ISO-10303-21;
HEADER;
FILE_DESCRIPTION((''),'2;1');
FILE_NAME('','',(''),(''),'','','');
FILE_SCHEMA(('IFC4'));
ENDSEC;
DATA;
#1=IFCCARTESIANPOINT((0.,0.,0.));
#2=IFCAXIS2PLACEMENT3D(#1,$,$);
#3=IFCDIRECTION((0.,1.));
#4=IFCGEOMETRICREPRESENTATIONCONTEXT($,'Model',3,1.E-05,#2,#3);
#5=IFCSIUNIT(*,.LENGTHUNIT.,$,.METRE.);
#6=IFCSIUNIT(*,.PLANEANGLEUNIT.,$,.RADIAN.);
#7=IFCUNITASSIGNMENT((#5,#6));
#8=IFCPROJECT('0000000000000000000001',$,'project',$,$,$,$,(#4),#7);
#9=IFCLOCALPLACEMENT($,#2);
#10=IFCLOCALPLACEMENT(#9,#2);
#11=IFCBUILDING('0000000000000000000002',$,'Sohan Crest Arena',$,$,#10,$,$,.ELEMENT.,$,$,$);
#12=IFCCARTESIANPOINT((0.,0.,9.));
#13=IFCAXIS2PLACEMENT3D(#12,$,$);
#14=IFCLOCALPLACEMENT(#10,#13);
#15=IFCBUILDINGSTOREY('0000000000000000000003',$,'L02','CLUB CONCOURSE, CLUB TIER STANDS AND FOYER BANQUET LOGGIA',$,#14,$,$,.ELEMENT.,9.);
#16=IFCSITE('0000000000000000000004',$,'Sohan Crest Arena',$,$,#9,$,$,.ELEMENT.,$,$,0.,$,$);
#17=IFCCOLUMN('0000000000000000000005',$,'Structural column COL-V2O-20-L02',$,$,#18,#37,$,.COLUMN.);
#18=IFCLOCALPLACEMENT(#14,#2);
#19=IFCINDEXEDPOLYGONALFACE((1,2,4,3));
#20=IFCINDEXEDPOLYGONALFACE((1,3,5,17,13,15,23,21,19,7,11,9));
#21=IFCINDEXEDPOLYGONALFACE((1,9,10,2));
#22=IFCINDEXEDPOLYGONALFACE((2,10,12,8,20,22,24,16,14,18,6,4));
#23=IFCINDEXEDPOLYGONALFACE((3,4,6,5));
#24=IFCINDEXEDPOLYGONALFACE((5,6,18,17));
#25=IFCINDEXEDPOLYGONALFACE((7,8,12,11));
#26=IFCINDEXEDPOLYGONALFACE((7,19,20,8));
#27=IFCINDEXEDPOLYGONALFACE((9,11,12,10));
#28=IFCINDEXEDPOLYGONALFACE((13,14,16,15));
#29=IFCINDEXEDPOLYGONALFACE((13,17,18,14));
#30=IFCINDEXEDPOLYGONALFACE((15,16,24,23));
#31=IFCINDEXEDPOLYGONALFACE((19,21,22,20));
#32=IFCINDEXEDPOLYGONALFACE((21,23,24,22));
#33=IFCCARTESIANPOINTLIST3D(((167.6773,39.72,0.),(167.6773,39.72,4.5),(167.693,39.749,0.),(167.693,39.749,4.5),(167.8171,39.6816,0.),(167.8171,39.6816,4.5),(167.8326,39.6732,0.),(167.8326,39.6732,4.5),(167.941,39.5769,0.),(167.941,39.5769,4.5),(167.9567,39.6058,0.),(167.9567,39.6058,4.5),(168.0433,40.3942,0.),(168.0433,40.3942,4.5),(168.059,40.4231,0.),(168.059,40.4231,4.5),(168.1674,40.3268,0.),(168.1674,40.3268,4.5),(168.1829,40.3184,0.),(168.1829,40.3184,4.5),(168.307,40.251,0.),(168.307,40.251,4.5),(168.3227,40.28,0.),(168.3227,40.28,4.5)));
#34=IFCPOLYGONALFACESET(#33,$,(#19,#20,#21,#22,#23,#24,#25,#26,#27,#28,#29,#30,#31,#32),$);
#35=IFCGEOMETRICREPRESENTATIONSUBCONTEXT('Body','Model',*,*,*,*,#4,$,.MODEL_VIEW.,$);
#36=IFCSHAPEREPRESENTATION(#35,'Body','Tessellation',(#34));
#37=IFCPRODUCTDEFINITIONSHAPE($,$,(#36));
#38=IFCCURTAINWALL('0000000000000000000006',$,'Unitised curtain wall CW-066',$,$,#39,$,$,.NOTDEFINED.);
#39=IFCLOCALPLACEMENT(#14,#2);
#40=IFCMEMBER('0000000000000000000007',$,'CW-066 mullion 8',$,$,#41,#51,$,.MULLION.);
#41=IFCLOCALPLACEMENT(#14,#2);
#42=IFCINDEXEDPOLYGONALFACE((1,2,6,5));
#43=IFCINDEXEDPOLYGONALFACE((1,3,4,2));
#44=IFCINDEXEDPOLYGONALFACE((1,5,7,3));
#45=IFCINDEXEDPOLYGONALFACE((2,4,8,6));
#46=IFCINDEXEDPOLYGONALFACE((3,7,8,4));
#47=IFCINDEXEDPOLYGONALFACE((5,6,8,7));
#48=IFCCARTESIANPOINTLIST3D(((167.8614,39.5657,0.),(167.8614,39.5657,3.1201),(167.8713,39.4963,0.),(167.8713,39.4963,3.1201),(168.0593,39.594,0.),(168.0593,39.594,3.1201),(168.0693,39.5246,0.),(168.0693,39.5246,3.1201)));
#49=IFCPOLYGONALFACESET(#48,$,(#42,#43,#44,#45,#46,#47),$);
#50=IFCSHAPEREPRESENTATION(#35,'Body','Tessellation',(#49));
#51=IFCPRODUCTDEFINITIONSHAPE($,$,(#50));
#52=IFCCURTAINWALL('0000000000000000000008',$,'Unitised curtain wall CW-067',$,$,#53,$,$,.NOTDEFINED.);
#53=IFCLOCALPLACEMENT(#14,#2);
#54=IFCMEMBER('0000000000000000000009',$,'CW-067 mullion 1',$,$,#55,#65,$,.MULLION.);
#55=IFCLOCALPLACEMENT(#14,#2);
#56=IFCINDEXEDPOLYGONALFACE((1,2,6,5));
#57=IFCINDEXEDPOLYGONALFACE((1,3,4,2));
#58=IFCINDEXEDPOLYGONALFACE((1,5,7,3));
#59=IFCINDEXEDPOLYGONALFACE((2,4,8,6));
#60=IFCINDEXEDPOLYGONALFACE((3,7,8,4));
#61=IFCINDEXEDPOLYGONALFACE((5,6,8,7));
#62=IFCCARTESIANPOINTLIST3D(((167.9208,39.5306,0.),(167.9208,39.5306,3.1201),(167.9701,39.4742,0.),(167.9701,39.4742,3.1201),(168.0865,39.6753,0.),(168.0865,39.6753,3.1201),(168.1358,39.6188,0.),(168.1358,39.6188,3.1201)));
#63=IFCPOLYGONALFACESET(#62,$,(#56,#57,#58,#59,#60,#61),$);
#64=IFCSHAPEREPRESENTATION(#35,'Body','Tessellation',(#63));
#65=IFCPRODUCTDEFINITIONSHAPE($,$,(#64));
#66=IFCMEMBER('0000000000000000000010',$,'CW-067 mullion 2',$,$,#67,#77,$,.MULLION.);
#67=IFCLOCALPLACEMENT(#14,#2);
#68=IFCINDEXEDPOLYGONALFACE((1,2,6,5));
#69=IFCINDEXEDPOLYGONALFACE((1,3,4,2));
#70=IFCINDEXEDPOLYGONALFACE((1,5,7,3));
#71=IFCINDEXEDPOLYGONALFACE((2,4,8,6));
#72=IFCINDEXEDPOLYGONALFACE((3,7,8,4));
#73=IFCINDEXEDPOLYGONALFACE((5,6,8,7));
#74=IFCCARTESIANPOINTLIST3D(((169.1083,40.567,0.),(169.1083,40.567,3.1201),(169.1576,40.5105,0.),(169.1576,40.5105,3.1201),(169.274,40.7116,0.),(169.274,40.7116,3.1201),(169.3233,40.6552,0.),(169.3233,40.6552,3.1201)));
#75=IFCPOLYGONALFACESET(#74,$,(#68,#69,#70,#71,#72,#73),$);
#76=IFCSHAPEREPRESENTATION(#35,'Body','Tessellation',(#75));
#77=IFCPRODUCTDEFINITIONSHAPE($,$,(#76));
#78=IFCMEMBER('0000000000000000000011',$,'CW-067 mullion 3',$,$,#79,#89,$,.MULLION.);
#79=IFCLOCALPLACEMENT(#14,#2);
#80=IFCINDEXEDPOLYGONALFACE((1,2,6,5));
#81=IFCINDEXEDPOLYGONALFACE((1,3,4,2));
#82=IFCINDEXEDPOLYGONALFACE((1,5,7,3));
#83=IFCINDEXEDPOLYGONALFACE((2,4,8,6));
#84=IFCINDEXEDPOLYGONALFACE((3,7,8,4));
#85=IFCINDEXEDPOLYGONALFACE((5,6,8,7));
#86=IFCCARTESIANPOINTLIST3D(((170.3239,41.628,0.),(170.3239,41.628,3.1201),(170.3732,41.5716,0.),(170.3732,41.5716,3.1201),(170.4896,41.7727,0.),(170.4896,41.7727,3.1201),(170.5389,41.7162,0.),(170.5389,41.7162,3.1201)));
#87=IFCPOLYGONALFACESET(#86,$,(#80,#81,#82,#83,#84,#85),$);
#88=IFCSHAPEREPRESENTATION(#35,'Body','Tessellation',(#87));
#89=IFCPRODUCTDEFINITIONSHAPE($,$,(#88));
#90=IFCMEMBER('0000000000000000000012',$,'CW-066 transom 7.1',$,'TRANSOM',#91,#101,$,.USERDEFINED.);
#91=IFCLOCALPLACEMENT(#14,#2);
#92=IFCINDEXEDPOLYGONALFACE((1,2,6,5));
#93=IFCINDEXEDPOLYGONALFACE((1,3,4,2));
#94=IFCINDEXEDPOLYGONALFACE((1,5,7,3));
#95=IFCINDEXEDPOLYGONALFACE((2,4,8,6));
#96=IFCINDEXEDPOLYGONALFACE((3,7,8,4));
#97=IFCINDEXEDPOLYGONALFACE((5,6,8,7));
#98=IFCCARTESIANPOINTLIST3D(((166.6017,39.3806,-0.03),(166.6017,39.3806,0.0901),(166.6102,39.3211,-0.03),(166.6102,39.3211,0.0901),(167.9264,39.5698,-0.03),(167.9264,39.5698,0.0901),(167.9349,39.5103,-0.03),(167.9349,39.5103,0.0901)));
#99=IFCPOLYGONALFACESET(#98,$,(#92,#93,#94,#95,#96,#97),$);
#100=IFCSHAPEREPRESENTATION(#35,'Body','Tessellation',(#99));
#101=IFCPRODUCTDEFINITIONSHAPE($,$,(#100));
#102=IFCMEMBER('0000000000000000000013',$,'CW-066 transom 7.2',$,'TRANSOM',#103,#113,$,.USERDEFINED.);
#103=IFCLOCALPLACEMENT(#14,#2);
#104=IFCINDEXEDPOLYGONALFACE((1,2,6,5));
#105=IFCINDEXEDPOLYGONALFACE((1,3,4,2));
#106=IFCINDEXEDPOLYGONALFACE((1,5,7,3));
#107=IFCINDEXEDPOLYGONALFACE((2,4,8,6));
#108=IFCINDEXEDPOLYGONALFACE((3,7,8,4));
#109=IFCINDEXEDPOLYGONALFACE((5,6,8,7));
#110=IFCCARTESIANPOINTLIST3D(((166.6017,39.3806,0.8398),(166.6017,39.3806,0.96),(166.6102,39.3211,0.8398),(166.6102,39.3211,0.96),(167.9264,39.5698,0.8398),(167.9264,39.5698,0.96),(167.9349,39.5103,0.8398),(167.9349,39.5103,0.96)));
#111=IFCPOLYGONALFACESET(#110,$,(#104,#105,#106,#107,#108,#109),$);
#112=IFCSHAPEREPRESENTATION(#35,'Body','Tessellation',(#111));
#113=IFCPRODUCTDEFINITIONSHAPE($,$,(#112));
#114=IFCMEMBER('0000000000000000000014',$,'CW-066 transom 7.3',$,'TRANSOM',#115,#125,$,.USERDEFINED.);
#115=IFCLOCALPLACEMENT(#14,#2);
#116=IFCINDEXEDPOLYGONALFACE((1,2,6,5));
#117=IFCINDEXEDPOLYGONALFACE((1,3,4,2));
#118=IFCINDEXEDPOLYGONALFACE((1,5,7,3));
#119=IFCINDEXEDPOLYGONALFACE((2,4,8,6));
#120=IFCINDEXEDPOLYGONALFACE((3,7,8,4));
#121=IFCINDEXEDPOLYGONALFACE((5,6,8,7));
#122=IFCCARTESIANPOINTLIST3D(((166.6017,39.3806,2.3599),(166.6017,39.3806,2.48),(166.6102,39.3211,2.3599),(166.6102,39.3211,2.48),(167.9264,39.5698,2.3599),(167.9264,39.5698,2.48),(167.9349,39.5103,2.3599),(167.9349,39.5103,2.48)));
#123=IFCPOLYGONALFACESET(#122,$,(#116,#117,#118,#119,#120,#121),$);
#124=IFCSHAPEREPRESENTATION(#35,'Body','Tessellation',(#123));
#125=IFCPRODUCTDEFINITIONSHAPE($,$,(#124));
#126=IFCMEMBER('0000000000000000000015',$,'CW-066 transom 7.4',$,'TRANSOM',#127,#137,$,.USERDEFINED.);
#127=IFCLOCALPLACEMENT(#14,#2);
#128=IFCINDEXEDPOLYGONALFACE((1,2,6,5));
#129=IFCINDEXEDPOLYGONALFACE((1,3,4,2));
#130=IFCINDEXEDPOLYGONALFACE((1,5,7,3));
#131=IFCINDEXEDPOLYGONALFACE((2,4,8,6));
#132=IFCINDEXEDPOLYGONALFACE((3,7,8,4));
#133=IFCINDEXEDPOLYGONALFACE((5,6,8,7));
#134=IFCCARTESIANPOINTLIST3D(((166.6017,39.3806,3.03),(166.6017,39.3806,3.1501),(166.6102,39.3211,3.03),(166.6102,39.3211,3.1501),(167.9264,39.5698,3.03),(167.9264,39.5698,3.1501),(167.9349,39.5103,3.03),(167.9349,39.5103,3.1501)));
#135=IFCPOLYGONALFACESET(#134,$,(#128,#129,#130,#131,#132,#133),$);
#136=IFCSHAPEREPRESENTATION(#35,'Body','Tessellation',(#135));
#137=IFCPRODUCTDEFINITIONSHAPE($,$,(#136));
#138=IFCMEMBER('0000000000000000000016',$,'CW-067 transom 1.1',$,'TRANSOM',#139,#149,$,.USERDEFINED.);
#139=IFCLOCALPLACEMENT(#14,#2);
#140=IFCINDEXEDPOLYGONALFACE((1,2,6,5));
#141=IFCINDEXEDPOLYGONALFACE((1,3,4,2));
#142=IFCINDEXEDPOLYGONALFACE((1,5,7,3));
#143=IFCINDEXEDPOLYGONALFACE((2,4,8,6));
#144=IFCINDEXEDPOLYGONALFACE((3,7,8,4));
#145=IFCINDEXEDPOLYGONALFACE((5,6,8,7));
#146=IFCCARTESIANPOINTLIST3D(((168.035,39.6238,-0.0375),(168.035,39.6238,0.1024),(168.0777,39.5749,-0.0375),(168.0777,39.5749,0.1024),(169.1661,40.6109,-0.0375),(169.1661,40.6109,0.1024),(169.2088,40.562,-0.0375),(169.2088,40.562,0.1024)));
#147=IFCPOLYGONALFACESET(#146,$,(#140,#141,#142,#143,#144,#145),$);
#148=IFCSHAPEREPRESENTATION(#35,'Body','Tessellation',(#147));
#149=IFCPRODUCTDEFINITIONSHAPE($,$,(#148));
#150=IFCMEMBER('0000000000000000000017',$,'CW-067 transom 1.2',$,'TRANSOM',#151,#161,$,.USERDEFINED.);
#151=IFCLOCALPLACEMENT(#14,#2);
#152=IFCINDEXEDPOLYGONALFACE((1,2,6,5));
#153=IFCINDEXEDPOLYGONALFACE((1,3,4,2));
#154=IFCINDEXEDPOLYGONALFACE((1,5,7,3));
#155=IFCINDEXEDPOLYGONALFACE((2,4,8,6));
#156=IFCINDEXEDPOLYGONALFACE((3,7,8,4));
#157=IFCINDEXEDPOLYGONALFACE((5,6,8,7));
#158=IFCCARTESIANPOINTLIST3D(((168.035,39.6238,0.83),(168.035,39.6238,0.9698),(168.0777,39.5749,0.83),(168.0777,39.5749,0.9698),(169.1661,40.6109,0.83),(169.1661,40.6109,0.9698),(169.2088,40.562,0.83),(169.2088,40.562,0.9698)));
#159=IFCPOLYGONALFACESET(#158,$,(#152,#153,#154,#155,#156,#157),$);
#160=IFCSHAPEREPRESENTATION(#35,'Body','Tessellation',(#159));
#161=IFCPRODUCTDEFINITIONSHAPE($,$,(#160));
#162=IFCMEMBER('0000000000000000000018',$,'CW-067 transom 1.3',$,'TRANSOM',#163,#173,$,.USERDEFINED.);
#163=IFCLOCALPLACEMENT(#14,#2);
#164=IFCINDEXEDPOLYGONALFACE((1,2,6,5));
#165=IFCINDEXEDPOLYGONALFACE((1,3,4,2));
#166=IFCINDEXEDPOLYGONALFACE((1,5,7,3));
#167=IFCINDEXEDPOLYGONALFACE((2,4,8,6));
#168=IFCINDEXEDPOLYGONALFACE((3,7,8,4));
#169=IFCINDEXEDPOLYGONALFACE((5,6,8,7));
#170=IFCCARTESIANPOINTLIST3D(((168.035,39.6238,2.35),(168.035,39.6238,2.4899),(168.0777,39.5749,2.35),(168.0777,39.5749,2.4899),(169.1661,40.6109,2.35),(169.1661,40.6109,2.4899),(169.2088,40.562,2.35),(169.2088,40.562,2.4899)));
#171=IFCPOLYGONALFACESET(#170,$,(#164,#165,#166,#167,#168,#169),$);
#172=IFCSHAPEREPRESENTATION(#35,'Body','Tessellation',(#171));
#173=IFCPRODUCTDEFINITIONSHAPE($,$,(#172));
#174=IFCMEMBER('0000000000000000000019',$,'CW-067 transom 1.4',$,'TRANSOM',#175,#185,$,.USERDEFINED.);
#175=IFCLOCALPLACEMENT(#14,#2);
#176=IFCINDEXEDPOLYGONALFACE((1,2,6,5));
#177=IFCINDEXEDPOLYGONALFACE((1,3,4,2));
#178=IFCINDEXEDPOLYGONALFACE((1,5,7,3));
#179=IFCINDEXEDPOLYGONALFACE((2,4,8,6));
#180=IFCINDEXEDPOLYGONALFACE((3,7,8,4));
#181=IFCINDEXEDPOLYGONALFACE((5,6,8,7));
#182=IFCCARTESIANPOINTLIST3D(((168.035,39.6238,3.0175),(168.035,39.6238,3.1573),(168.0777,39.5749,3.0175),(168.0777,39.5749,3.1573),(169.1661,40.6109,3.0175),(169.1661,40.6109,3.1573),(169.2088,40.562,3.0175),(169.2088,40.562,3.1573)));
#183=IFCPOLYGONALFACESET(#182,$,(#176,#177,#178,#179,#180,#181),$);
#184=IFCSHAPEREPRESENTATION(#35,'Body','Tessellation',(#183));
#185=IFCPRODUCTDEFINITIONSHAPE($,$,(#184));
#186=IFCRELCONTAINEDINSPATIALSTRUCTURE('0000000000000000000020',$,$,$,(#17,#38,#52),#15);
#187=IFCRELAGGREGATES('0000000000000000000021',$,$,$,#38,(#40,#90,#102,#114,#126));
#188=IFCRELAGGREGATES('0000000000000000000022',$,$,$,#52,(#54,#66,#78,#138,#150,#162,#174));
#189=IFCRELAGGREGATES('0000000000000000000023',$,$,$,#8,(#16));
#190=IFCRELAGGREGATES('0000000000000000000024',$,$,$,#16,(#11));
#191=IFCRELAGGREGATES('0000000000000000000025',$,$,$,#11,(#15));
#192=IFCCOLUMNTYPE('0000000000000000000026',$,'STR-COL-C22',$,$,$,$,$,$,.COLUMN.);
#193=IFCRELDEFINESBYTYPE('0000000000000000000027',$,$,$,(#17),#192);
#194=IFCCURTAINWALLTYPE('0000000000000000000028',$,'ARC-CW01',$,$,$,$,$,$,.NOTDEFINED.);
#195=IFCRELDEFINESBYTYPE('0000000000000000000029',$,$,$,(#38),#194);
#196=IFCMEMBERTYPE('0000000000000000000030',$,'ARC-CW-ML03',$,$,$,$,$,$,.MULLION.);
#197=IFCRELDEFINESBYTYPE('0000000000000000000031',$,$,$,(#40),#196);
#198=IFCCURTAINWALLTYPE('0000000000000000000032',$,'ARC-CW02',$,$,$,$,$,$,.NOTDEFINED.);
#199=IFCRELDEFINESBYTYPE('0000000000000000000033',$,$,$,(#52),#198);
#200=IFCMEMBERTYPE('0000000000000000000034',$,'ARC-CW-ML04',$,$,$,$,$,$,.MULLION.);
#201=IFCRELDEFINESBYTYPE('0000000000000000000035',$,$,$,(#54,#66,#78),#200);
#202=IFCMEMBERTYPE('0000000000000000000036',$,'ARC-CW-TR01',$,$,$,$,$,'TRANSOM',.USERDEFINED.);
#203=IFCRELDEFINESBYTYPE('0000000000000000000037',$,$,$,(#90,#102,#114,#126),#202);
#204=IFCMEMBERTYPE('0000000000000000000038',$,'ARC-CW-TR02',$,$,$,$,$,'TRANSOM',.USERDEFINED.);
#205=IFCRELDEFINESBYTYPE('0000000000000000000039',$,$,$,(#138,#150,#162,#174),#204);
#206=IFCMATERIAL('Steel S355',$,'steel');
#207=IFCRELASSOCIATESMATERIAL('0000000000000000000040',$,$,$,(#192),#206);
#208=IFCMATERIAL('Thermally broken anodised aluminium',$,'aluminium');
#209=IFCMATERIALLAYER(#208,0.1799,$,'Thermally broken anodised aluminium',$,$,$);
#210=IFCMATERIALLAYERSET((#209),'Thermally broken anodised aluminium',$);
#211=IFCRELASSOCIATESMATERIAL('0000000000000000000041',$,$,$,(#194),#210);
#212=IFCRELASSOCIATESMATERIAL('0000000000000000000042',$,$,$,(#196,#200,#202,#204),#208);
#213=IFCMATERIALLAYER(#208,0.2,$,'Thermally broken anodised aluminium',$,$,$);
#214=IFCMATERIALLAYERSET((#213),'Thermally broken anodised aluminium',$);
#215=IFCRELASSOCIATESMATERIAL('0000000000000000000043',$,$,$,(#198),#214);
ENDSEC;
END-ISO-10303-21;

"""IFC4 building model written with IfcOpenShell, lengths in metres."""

from ifc_helpers import new_model, si_unit, direction, frame, origin, origin_2d, place, context, subcontext, project, spatial, rectangle, i_section, extrude, material, layer, layer_set, material_profile, profile_set, type_object, element, aggregate, save


model = new_model("IFC4")

# Units and contexts
model_context = context("Model", 3, precision=1e-05, world=origin(), true_north=direction((0.0, 1.0)))
body_context = subcontext(model_context, "Body", "Model", "MODEL_VIEW")
ifc_project = project(units=[si_unit("LENGTHUNIT", "METRE"), si_unit("PLANEANGLEUNIT", "RADIAN")], contexts=[model_context])

# Site, building, storey
site_placement = place(None, origin())
site = spatial("IfcSite", under=ifc_project, at=site_placement, Name="Sohan Crest Arena", CompositionType="ELEMENT", RefElevation=0.0)
building_placement = place(site_placement, origin())
building = spatial("IfcBuilding", under=site, at=building_placement, Name="Sohan Crest Arena", CompositionType="ELEMENT")
storey_placement = place(building_placement, frame((0.0, 0.0, 9.0)))
storey = spatial("IfcBuildingStorey", under=building, at=storey_placement, Name="L02", Description="CLUB CONCOURSE, CLUB TIER STANDS AND FOYER BANQUET LOGGIA", CompositionType="ELEMENT", Elevation=9.0)

# Column
ifc_material_1 = material(Name="Steel S355", Category="steel")
ifc_material_profile_1 = material_profile(ifc_material_1, i_section(OverallWidth=0.3, OverallDepth=0.8, WebThickness=0.0176, FlangeThickness=0.033, at=origin_2d()), Name="HEB 800")
ifc_profile_set_1 = profile_set([ifc_material_profile_1], Name="Steel S355")
column_type = type_object("IfcColumnType", Name="STR-COL-C22", PredefinedType="COLUMN", material=ifc_profile_set_1)
column_placement = place(storey_placement, frame((168.0, 40.0, 0.0), z_axis=(0.0, 0.0, 1.0), x_axis=(-0.878817, 0.477159, 0.0)))
element("IfcColumn", 1, at=column_placement, inside=storey, type_object=column_type, Name="Structural column COL-V2O-20-L02", PredefinedType="COLUMN", context=body_context, shape_type="SweptSolid", body=[
    extrude(i_section(OverallWidth=0.3, OverallDepth=0.8, WebThickness=0.0176, FlangeThickness=0.033, at=origin_2d()), origin(), (0.0, 0.0, 1.0), 4.5),
])

# Curtain wall, member
ifc_material_2 = material(Name="Thermally broken anodised aluminium", Category="aluminium")
ifc_layer_1 = layer(ifc_material_2, 0.1799, Name="Thermally broken anodised aluminium")
ifc_layer_set_1 = layer_set([ifc_layer_1], Name="Thermally broken anodised aluminium")
curtain_wall_type_1 = type_object("IfcCurtainWallType", Name="ARC-CW01", PredefinedType="NOTDEFINED", material=ifc_layer_set_1)
curtain_wall_1_placement = place(storey_placement, origin())
curtain_wall_1 = element("IfcCurtainWall", 2, at=curtain_wall_1_placement, inside=storey, type_object=curtain_wall_type_1, Name="Unitised curtain wall CW-066", PredefinedType="NOTDEFINED")
ifc_material_profile_2 = material_profile(ifc_material_2, rectangle(XDim=0.0701, YDim=0.2, at=origin_2d()), Name="ALU-MULL 70x200")
ifc_profile_set_2 = profile_set([ifc_material_profile_2], Name="Thermally broken anodised aluminium")
member_type_1 = type_object("IfcMemberType", Name="ARC-CW-ML03", PredefinedType="MULLION", material=ifc_profile_set_2)
member_1_placement = place(storey_placement, frame((167.9653, 39.5452, 0.0), z_axis=(0.0, 0.0, 1.0), x_axis=(-0.141463, 0.989944, 0.0)))
member_1 = element("IfcMember", 3, at=member_1_placement, type_object=member_type_1, Name="CW-066 mullion 8", PredefinedType="MULLION", context=body_context, shape_type="SweptSolid", body=[
    extrude(rectangle(XDim=0.0701, YDim=0.2, at=origin_2d()), origin(), (0.0, 0.0, 1.0), 3.1201),
])

# Curtain wall, members
ifc_layer_2 = layer(ifc_material_2, 0.2, Name="Thermally broken anodised aluminium")
ifc_layer_set_2 = layer_set([ifc_layer_2], Name="Thermally broken anodised aluminium")
curtain_wall_type_2 = type_object("IfcCurtainWallType", Name="ARC-CW02", PredefinedType="NOTDEFINED", material=ifc_layer_set_2)
curtain_wall_2_placement = place(storey_placement, origin())
curtain_wall_2 = element("IfcCurtainWall", 4, at=curtain_wall_2_placement, inside=storey, type_object=curtain_wall_type_2, Name="Unitised curtain wall CW-067", PredefinedType="NOTDEFINED")
ifc_material_profile_3 = material_profile(ifc_material_2, rectangle(XDim=0.075, YDim=0.22, at=origin_2d()), Name="ALU-MULL 75x220")
ifc_profile_set_3 = profile_set([ifc_material_profile_3], Name="Thermally broken anodised aluminium")
member_type_2 = type_object("IfcMemberType", Name="ARC-CW-ML04", PredefinedType="MULLION", material=ifc_profile_set_3)
member_2_placement = place(storey_placement, frame((168.0283, 39.5747, 0.0), z_axis=(0.0, 0.0, 1.0), x_axis=(-0.657539, 0.753421, 0.0)))
member_2 = element("IfcMember", 5, at=member_2_placement, type_object=member_type_2, Name="CW-067 mullion 1", PredefinedType="MULLION", context=body_context, shape_type="SweptSolid", body=[
    extrude(rectangle(XDim=0.075, YDim=0.22, at=origin_2d()), origin(), (0.0, 0.0, 1.0), 3.1201),
])
member_3_placement = place(storey_placement, frame((169.2158, 40.6111, 0.0), z_axis=(0.0, 0.0, 1.0), x_axis=(-0.657539, 0.753421, 0.0)))
member_3 = element("IfcMember", 6, at=member_3_placement, type_object=member_type_2, Name="CW-067 mullion 2", PredefinedType="MULLION", context=body_context, shape_type="SweptSolid", body=[
    extrude(rectangle(XDim=0.075, YDim=0.22, at=origin_2d()), origin(), (0.0, 0.0, 1.0), 3.1201),
])
member_4_placement = place(storey_placement, frame((170.4314, 41.6721, 0.0), z_axis=(0.0, 0.0, 1.0), x_axis=(-0.657539, 0.753421, 0.0)))
member_4 = element("IfcMember", 7, at=member_4_placement, type_object=member_type_2, Name="CW-067 mullion 3", PredefinedType="MULLION", context=body_context, shape_type="SweptSolid", body=[
    extrude(rectangle(XDim=0.075, YDim=0.22, at=origin_2d()), origin(), (0.0, 0.0, 1.0), 3.1201),
])

# Members
ifc_material_profile_4 = material_profile(ifc_material_2, rectangle(XDim=0.0601, YDim=0.1201, at=origin_2d()), Name="ALU-TRAN 60x120")
ifc_profile_set_4 = profile_set([ifc_material_profile_4], Name="Thermally broken anodised aluminium")
member_type_3 = type_object("IfcMemberType", Name="ARC-CW-TR01", ElementType="TRANSOM", PredefinedType="USERDEFINED", material=ifc_profile_set_4)
member_5_placement = place(storey_placement, frame((166.606, 39.3508, 0.03), z_axis=(0.989953, 0.141396, 0.0), x_axis=(-0.141396, 0.989953, 0.0)))
member_5 = element("IfcMember", 8, at=member_5_placement, type_object=member_type_3, Name="CW-066 transom 7.1", ObjectType="TRANSOM", PredefinedType="USERDEFINED", context=body_context, shape_type="SweptSolid", body=[
    extrude(rectangle(XDim=0.0601, YDim=0.1201, at=origin_2d()), origin(), (0.0, 0.0, 1.0), 1.3381),
])
member_6_placement = place(storey_placement, frame((166.606, 39.3508, 0.8999), z_axis=(0.989953, 0.141396, 0.0), x_axis=(-0.141396, 0.989953, 0.0)))
member_6 = element("IfcMember", 9, at=member_6_placement, type_object=member_type_3, Name="CW-066 transom 7.2", ObjectType="TRANSOM", PredefinedType="USERDEFINED", context=body_context, shape_type="SweptSolid", body=[
    extrude(rectangle(XDim=0.0601, YDim=0.1201, at=origin_2d()), origin(), (0.0, 0.0, 1.0), 1.3381),
])
member_7_placement = place(storey_placement, frame((166.606, 39.3508, 2.4199), z_axis=(0.989953, 0.141396, 0.0), x_axis=(-0.141396, 0.989953, 0.0)))
member_7 = element("IfcMember", 10, at=member_7_placement, type_object=member_type_3, Name="CW-066 transom 7.3", ObjectType="TRANSOM", PredefinedType="USERDEFINED", context=body_context, shape_type="SweptSolid", body=[
    extrude(rectangle(XDim=0.0601, YDim=0.1201, at=origin_2d()), origin(), (0.0, 0.0, 1.0), 1.3381),
])
member_8_placement = place(storey_placement, frame((166.606, 39.3508, 3.0901), z_axis=(0.989953, 0.141396, 0.0), x_axis=(-0.141396, 0.989953, 0.0)))
member_8 = element("IfcMember", 11, at=member_8_placement, type_object=member_type_3, Name="CW-066 transom 7.4", ObjectType="TRANSOM", PredefinedType="USERDEFINED", context=body_context, shape_type="SweptSolid", body=[
    extrude(rectangle(XDim=0.0601, YDim=0.1201, at=origin_2d()), origin(), (0.0, 0.0, 1.0), 1.3381),
])
ifc_material_profile_5 = material_profile(ifc_material_2, rectangle(XDim=0.0649, YDim=0.1399, at=origin_2d()), Name="ALU-TRAN 65x140")
ifc_profile_set_5 = profile_set([ifc_material_profile_5], Name="Thermally broken anodised aluminium")
member_type_4 = type_object("IfcMemberType", Name="ARC-CW-TR02", ElementType="TRANSOM", PredefinedType="USERDEFINED", material=ifc_profile_set_5)
member_9_placement = place(storey_placement, frame((168.0564, 39.5994, 0.0325), z_axis=(0.753452, 0.657502, 0.0), x_axis=(-0.657502, 0.753452, 0.0)))
member_9 = element("IfcMember", 12, at=member_9_placement, type_object=member_type_4, Name="CW-067 transom 1.1", ObjectType="TRANSOM", PredefinedType="USERDEFINED", context=body_context, shape_type="SweptSolid", body=[
    extrude(rectangle(XDim=0.0649, YDim=0.1399, at=origin_2d()), origin(), (0.0, 0.0, 1.0), 1.5012),
])
member_10_placement = place(storey_placement, frame((168.0564, 39.5994, 0.8999), z_axis=(0.753452, 0.657502, 0.0), x_axis=(-0.657502, 0.753452, 0.0)))
member_10 = element("IfcMember", 13, at=member_10_placement, type_object=member_type_4, Name="CW-067 transom 1.2", ObjectType="TRANSOM", PredefinedType="USERDEFINED", context=body_context, shape_type="SweptSolid", body=[
    extrude(rectangle(XDim=0.0649, YDim=0.1399, at=origin_2d()), origin(), (0.0, 0.0, 1.0), 1.5012),
])
member_11_placement = place(storey_placement, frame((168.0564, 39.5994, 2.4199), z_axis=(0.753452, 0.657502, 0.0), x_axis=(-0.657502, 0.753452, 0.0)))
member_11 = element("IfcMember", 14, at=member_11_placement, type_object=member_type_4, Name="CW-067 transom 1.3", ObjectType="TRANSOM", PredefinedType="USERDEFINED", context=body_context, shape_type="SweptSolid", body=[
    extrude(rectangle(XDim=0.0649, YDim=0.1399, at=origin_2d()), origin(), (0.0, 0.0, 1.0), 1.5012),
])
member_12_placement = place(storey_placement, frame((168.0564, 39.5994, 3.0874), z_axis=(0.753452, 0.657502, 0.0), x_axis=(-0.657502, 0.753452, 0.0)))
member_12 = element("IfcMember", 15, at=member_12_placement, type_object=member_type_4, Name="CW-067 transom 1.4", ObjectType="TRANSOM", PredefinedType="USERDEFINED", context=body_context, shape_type="SweptSolid", body=[
    extrude(rectangle(XDim=0.0649, YDim=0.1399, at=origin_2d()), origin(), (0.0, 0.0, 1.0), 1.5012),
])

aggregate(curtain_wall_1, [member_1, member_5, member_6, member_7, member_8])
aggregate(curtain_wall_2, [member_2, member_3, member_4, member_9, member_10, member_11, member_12])

save(model, "model.ifc")
